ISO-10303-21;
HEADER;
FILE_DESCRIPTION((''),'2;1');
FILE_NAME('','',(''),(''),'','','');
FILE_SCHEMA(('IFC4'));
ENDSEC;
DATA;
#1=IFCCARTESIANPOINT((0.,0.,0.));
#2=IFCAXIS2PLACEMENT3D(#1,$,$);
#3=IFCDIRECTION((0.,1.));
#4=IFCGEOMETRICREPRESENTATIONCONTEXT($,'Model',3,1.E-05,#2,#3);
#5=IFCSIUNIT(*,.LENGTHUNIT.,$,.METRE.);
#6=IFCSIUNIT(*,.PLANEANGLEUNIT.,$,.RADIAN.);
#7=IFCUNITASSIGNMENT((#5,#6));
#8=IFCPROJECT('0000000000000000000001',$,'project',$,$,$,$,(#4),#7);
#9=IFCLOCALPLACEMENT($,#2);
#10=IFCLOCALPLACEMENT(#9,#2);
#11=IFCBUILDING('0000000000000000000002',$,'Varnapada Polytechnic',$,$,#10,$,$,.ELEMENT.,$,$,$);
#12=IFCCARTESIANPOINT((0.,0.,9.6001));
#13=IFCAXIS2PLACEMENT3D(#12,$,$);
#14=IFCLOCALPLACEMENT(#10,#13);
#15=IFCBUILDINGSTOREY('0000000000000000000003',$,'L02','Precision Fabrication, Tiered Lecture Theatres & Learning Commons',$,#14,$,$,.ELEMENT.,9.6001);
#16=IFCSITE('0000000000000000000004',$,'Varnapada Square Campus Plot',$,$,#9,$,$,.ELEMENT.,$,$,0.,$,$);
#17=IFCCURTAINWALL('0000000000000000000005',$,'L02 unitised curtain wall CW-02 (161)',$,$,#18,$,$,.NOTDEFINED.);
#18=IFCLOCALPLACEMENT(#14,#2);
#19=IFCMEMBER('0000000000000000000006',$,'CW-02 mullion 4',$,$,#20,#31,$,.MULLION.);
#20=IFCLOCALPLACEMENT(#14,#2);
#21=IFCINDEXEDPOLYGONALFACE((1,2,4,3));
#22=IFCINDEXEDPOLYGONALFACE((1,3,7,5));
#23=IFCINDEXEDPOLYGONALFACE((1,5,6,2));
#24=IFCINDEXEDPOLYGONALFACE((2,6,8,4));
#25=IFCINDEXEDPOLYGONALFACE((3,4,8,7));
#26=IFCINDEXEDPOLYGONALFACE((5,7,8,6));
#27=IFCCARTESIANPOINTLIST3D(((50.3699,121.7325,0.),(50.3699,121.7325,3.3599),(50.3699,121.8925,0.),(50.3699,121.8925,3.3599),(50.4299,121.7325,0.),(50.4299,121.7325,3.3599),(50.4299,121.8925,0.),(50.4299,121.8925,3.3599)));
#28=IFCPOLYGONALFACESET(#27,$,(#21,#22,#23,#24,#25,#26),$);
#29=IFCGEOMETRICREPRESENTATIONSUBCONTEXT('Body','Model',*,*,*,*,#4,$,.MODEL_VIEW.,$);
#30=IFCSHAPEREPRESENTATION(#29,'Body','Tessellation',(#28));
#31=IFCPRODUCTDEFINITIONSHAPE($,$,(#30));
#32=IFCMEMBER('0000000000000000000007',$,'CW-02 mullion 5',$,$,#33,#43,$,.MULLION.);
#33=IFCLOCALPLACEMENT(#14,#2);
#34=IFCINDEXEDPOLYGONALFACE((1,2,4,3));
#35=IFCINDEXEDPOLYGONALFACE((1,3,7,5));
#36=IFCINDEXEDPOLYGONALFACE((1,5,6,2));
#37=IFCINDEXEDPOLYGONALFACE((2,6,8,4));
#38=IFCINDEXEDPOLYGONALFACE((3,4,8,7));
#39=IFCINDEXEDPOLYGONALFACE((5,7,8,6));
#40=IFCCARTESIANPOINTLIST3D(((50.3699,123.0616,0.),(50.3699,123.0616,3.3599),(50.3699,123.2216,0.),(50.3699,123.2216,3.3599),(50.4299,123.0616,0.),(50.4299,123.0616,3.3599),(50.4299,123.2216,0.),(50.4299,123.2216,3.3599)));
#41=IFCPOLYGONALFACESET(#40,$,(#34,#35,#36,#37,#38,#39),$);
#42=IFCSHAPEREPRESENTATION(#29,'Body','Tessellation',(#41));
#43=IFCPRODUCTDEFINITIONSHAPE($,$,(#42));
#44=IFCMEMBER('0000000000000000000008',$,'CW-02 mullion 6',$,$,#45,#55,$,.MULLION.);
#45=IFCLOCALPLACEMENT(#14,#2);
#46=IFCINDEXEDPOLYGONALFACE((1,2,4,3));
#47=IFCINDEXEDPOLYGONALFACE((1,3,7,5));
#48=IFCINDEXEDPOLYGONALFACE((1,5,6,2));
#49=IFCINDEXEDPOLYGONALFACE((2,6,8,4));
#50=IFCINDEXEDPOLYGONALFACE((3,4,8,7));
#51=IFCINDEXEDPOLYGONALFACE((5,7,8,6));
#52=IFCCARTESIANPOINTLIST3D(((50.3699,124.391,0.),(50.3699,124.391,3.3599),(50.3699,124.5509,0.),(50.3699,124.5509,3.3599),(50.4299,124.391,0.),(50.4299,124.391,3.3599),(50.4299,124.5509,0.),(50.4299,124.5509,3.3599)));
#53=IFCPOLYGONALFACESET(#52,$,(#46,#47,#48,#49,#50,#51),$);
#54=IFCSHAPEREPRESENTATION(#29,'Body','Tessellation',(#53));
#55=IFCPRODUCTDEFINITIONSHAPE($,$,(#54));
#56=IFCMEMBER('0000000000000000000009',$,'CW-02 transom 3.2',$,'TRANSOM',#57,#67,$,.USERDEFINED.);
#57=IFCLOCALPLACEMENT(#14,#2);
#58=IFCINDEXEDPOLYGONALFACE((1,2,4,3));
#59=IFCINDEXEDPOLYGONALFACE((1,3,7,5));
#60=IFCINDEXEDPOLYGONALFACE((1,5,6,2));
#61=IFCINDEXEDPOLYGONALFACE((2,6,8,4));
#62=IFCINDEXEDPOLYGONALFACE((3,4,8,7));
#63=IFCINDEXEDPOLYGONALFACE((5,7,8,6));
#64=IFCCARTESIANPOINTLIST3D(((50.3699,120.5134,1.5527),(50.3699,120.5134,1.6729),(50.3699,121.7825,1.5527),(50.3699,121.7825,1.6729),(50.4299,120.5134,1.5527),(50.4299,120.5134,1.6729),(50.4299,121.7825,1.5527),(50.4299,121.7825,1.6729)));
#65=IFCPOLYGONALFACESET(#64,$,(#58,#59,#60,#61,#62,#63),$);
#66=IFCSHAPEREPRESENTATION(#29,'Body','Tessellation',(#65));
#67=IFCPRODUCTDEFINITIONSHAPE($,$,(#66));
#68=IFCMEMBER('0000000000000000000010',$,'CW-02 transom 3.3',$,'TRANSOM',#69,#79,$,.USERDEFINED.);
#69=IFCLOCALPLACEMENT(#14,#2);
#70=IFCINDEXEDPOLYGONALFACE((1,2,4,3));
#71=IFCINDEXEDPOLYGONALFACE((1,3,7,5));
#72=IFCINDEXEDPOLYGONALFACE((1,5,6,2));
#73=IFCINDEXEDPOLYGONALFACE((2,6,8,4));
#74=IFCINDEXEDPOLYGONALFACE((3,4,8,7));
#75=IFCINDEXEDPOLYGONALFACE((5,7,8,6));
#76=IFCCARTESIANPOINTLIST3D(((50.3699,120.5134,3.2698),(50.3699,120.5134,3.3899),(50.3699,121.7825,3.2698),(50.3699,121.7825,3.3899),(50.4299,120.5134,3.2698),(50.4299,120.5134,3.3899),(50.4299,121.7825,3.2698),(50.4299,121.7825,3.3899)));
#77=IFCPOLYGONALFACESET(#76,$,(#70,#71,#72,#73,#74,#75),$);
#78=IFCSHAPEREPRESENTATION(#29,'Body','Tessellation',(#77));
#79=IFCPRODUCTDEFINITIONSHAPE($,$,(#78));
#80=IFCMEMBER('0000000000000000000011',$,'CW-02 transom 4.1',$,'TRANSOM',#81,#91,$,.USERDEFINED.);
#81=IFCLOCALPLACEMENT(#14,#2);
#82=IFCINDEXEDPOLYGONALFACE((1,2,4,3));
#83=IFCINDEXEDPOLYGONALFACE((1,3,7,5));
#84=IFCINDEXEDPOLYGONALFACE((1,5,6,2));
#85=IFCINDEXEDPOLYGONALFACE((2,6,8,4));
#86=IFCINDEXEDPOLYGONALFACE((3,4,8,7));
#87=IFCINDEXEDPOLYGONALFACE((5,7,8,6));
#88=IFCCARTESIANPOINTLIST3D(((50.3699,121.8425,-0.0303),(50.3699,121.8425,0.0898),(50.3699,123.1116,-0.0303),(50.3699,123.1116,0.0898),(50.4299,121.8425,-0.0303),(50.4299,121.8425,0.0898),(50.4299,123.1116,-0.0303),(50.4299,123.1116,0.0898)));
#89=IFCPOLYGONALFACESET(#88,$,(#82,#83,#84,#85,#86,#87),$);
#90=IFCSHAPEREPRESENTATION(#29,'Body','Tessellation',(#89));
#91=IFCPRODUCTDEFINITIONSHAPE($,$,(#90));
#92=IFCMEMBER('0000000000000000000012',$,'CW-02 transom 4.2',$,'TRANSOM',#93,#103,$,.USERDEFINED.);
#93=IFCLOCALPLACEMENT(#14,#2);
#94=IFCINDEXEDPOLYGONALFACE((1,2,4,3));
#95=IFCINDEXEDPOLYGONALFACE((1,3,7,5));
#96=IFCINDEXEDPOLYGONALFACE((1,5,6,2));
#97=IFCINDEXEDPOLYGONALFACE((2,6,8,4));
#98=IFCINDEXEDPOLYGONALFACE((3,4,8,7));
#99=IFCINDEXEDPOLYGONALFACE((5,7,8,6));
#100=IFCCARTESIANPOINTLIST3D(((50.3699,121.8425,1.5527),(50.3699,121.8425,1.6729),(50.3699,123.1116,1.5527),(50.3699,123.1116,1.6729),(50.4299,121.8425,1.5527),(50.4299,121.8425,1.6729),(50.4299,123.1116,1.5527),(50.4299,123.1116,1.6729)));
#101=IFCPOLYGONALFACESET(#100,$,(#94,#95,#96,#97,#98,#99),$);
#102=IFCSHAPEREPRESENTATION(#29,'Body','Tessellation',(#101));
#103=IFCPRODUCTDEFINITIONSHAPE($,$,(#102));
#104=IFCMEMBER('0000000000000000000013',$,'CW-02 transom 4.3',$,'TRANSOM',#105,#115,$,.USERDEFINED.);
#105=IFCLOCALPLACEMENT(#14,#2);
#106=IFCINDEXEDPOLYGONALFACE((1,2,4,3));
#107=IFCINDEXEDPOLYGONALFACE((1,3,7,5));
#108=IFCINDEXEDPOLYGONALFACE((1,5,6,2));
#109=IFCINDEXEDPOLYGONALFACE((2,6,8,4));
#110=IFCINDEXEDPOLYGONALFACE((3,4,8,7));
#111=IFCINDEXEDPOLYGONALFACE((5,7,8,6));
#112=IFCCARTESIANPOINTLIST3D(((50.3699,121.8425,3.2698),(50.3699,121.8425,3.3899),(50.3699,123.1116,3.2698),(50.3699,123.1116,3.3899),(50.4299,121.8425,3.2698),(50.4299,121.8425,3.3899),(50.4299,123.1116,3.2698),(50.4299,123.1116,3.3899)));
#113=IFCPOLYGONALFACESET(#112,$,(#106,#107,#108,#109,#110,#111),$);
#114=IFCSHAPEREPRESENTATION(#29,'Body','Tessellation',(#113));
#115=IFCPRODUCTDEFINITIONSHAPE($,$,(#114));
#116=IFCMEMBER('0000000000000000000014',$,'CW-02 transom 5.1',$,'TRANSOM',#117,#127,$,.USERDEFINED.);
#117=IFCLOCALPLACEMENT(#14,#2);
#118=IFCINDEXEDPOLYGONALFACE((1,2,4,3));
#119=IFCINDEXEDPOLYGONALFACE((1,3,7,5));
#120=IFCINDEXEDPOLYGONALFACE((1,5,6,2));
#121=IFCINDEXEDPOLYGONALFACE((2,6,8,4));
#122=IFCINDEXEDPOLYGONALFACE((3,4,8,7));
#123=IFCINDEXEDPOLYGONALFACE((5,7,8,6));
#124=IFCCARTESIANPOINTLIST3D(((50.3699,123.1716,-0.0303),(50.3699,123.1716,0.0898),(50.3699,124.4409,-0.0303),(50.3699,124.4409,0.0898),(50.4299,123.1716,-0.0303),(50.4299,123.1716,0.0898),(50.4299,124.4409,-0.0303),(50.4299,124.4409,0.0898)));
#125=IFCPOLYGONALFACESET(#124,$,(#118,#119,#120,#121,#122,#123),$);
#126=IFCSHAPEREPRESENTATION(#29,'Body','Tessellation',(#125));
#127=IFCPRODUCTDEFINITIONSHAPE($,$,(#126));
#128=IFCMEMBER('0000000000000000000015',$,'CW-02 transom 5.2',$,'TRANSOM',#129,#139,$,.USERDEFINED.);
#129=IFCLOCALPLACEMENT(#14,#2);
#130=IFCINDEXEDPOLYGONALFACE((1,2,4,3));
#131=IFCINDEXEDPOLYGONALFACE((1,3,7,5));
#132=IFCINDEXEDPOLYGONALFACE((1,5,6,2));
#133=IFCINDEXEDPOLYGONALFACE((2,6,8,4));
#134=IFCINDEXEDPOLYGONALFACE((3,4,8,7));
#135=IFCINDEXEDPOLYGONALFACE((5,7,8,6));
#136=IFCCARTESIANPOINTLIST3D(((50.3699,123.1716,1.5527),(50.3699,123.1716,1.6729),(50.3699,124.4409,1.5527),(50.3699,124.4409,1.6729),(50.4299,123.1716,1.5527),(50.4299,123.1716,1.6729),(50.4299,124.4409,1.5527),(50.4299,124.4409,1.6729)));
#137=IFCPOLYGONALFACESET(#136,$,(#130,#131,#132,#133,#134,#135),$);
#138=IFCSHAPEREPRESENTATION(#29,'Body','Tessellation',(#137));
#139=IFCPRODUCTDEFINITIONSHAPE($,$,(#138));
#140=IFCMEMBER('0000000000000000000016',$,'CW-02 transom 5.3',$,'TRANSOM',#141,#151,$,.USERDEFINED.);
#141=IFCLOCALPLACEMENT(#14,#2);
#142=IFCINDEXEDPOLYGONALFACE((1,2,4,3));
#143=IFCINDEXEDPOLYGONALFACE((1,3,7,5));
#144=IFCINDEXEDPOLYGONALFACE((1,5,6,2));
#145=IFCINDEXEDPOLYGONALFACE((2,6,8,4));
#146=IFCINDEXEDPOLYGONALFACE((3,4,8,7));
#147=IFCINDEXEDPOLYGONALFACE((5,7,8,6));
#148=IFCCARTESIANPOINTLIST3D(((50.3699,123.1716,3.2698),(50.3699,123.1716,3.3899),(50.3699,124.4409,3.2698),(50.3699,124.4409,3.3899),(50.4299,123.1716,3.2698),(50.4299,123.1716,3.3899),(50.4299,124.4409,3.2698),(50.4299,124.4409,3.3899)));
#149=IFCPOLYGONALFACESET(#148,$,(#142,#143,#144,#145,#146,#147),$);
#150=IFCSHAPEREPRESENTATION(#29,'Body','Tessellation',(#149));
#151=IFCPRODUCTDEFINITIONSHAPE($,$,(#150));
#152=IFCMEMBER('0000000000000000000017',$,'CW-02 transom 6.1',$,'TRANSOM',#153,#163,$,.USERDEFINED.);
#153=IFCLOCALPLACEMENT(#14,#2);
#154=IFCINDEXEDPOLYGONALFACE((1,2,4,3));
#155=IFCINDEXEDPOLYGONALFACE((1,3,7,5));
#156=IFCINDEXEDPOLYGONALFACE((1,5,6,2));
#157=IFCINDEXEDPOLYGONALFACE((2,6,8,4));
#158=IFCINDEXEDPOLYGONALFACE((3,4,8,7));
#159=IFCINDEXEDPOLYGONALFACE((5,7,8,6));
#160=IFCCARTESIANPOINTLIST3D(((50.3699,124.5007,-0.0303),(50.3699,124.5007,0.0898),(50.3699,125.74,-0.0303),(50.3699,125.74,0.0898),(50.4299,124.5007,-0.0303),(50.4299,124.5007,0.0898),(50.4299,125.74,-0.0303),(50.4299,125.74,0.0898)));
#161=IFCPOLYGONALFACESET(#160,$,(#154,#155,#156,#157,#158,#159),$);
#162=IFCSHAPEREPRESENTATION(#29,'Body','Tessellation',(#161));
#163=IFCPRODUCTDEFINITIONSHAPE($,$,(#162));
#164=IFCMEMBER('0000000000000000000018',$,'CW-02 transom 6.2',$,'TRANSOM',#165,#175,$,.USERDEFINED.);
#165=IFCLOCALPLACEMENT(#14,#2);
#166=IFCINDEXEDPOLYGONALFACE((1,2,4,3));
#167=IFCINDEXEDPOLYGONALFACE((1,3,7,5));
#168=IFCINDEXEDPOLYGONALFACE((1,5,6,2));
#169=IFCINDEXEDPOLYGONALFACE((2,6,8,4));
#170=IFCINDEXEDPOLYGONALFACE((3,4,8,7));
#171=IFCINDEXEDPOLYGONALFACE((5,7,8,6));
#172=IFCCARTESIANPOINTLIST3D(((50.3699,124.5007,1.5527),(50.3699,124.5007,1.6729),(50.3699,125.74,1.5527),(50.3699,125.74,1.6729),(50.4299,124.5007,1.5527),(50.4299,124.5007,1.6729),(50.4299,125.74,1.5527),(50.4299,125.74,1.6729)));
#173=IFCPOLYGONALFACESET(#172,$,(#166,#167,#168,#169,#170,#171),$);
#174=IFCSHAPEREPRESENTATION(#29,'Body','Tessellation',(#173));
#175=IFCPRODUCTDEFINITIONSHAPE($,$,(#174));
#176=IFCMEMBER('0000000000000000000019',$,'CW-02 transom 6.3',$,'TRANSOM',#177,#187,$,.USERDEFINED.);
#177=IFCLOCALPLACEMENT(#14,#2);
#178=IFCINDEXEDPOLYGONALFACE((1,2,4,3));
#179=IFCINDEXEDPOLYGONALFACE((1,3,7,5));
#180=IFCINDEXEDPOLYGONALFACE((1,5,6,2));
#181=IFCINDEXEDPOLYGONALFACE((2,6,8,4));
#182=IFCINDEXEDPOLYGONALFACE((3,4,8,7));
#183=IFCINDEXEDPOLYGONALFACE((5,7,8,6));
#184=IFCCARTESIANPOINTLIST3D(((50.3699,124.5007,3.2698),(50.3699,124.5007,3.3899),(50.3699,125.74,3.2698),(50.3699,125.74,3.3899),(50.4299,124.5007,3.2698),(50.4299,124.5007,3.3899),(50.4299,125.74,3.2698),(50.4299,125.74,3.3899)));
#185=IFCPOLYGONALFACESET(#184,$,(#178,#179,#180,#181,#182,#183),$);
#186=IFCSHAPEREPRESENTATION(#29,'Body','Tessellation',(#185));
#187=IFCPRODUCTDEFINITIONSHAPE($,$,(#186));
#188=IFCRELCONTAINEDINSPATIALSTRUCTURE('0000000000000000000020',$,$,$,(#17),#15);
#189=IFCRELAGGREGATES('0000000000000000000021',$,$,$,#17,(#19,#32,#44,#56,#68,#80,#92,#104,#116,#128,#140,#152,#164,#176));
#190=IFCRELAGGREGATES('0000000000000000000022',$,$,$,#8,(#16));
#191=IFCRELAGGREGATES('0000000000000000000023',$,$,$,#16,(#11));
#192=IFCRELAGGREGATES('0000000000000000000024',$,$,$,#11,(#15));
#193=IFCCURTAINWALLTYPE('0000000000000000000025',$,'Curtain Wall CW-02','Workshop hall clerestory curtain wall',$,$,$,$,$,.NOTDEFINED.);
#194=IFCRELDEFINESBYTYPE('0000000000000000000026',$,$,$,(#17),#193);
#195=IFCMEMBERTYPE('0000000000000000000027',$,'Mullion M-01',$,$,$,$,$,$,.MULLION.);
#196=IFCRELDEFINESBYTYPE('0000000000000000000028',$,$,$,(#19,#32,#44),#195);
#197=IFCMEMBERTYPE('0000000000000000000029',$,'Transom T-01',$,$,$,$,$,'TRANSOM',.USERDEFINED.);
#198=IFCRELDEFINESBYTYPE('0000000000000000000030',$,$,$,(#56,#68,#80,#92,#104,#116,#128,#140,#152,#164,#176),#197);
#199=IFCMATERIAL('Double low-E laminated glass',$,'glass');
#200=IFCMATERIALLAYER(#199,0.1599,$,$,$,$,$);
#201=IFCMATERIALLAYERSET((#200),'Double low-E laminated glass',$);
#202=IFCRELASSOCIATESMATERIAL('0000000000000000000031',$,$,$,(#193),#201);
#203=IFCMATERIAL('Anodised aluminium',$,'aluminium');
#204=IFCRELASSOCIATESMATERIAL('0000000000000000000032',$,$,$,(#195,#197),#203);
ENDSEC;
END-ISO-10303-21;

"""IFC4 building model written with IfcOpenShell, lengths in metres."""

from ifc_helpers import new_model, si_unit, direction, frame, origin, origin_2d, place, context, subcontext, project, spatial, rectangle, extrude, material, layer, layer_set, material_profile, profile_set, type_object, element, aggregate, save


model = new_model("IFC4")

# Units and contexts
model_context = context("Model", 3, precision=1e-05, world=origin(), true_north=direction((0.0, 1.0)))
body_context = subcontext(model_context, "Body", "Model", "MODEL_VIEW")
ifc_project = project(units=[si_unit("LENGTHUNIT", "METRE"), si_unit("PLANEANGLEUNIT", "RADIAN")], contexts=[model_context])

# Site, building, storey
site_placement = place(None, origin())
site = spatial("IfcSite", under=ifc_project, at=site_placement, Name="Varnapada Square Campus Plot", CompositionType="ELEMENT", RefElevation=0.0)
building_placement = place(site_placement, origin())
building = spatial("IfcBuilding", under=site, at=building_placement, Name="Varnapada Polytechnic", CompositionType="ELEMENT")
storey_placement = place(building_placement, frame((0.0, 0.0, 9.6001)))
storey = spatial("IfcBuildingStorey", under=building, at=storey_placement, Name="L02", Description="Precision Fabrication, Tiered Lecture Theatres & Learning Commons", CompositionType="ELEMENT", Elevation=9.6001)

# Curtain wall, members
ifc_material_1 = material(Name="Double low-E laminated glass", Category="glass")
ifc_layer_1 = layer(ifc_material_1, 0.1599)
ifc_layer_set_1 = layer_set([ifc_layer_1], Name="Double low-E laminated glass")
curtain_wall_type = type_object("IfcCurtainWallType", Name="Curtain Wall CW-02", Description="Workshop hall clerestory curtain wall", PredefinedType="NOTDEFINED", material=ifc_layer_set_1)
curtain_wall_placement = place(storey_placement, origin())
curtain_wall = element("IfcCurtainWall", 1, at=curtain_wall_placement, inside=storey, type_object=curtain_wall_type, Name="L02 unitised curtain wall CW-02 (161)", PredefinedType="NOTDEFINED")
ifc_material_2 = material(Name="Anodised aluminium", Category="aluminium")
ifc_material_profile_1 = material_profile(ifc_material_2, rectangle(XDim=0.0601, YDim=0.1599, at=origin_2d()), Name="ALU M60x160")
ifc_profile_set_1 = profile_set([ifc_material_profile_1], Name="Anodised aluminium")
member_type_1 = type_object("IfcMemberType", Name="Mullion M-01", PredefinedType="MULLION", material=ifc_profile_set_1)
member_1_placement = place(storey_placement, frame((50.3999, 121.8125, 0.0), z_axis=(0.0, 0.0, 1.0), x_axis=(-1.0, 0.0, 0.0)))
member_1 = element("IfcMember", 2, at=member_1_placement, type_object=member_type_1, Name="CW-02 mullion 4", PredefinedType="MULLION", context=body_context, shape_type="SweptSolid", body=[
    extrude(rectangle(XDim=0.0601, YDim=0.1599, at=origin_2d()), origin(), (0.0, 0.0, 1.0), 3.3599),
])
member_2_placement = place(storey_placement, frame((50.3999, 123.1416, 0.0), z_axis=(0.0, 0.0, 1.0), x_axis=(-1.0, 0.0, 0.0)))
member_2 = element("IfcMember", 3, at=member_2_placement, type_object=member_type_1, Name="CW-02 mullion 5", PredefinedType="MULLION", context=body_context, shape_type="SweptSolid", body=[
    extrude(rectangle(XDim=0.0601, YDim=0.1599, at=origin_2d()), origin(), (0.0, 0.0, 1.0), 3.3599),
])
member_3_placement = place(storey_placement, frame((50.3999, 124.4709, 0.0), z_axis=(0.0, 0.0, 1.0), x_axis=(-1.0, 0.0, 0.0)))
member_3 = element("IfcMember", 4, at=member_3_placement, type_object=member_type_1, Name="CW-02 mullion 6", PredefinedType="MULLION", context=body_context, shape_type="SweptSolid", body=[
    extrude(rectangle(XDim=0.0601, YDim=0.1599, at=origin_2d()), origin(), (0.0, 0.0, 1.0), 3.3599),
])
ifc_material_profile_2 = material_profile(ifc_material_2, rectangle(XDim=0.0601, YDim=0.1201, at=origin_2d()), Name="ALU T60x120")
ifc_profile_set_2 = profile_set([ifc_material_profile_2], Name="Anodised aluminium")
member_type_2 = type_object("IfcMemberType", Name="Transom T-01", ElementType="TRANSOM", PredefinedType="USERDEFINED", material=ifc_profile_set_2)
member_4_placement = place(storey_placement, frame((50.3999, 120.5134, 1.6128), z_axis=(0.0, 1.0, 0.0), x_axis=(-1.0, 0.0, 0.0)))
member_4 = element("IfcMember", 5, at=member_4_placement, type_object=member_type_2, Name="CW-02 transom 3.2", ObjectType="TRANSOM", PredefinedType="USERDEFINED", context=body_context, shape_type="SweptSolid", body=[
    extrude(rectangle(XDim=0.0601, YDim=0.1201, at=origin_2d()), origin(), (0.0, 0.0, 1.0), 1.269),
])
member_5_placement = place(storey_placement, frame((50.3999, 120.5134, 3.3298), z_axis=(0.0, 1.0, 0.0), x_axis=(-1.0, 0.0, 0.0)))
member_5 = element("IfcMember", 6, at=member_5_placement, type_object=member_type_2, Name="CW-02 transom 3.3", ObjectType="TRANSOM", PredefinedType="USERDEFINED", context=body_context, shape_type="SweptSolid", body=[
    extrude(rectangle(XDim=0.0601, YDim=0.1201, at=origin_2d()), origin(), (0.0, 0.0, 1.0), 1.269),
])
member_6_placement = place(storey_placement, frame((50.3999, 121.8425, 0.0298), z_axis=(0.0, 1.0, 0.0), x_axis=(-1.0, 0.0, 0.0)))
member_6 = element("IfcMember", 7, at=member_6_placement, type_object=member_type_2, Name="CW-02 transom 4.1", ObjectType="TRANSOM", PredefinedType="USERDEFINED", context=body_context, shape_type="SweptSolid", body=[
    extrude(rectangle(XDim=0.0601, YDim=0.1201, at=origin_2d()), origin(), (0.0, 0.0, 1.0), 1.269),
])
member_7_placement = place(storey_placement, frame((50.3999, 121.8425, 1.6128), z_axis=(0.0, 1.0, 0.0), x_axis=(-1.0, 0.0, 0.0)))
member_7 = element("IfcMember", 8, at=member_7_placement, type_object=member_type_2, Name="CW-02 transom 4.2", ObjectType="TRANSOM", PredefinedType="USERDEFINED", context=body_context, shape_type="SweptSolid", body=[
    extrude(rectangle(XDim=0.0601, YDim=0.1201, at=origin_2d()), origin(), (0.0, 0.0, 1.0), 1.269),
])
member_8_placement = place(storey_placement, frame((50.3999, 121.8425, 3.3298), z_axis=(0.0, 1.0, 0.0), x_axis=(-1.0, 0.0, 0.0)))
member_8 = element("IfcMember", 9, at=member_8_placement, type_object=member_type_2, Name="CW-02 transom 4.3", ObjectType="TRANSOM", PredefinedType="USERDEFINED", context=body_context, shape_type="SweptSolid", body=[
    extrude(rectangle(XDim=0.0601, YDim=0.1201, at=origin_2d()), origin(), (0.0, 0.0, 1.0), 1.269),
])
member_9_placement = place(storey_placement, frame((50.3999, 123.1716, 0.0298), z_axis=(0.0, 1.0, 0.0), x_axis=(-1.0, 0.0, 0.0)))
member_9 = element("IfcMember", 10, at=member_9_placement, type_object=member_type_2, Name="CW-02 transom 5.1", ObjectType="TRANSOM", PredefinedType="USERDEFINED", context=body_context, shape_type="SweptSolid", body=[
    extrude(rectangle(XDim=0.0601, YDim=0.1201, at=origin_2d()), origin(), (0.0, 0.0, 1.0), 1.2693),
])
member_10_placement = place(storey_placement, frame((50.3999, 123.1716, 1.6128), z_axis=(0.0, 1.0, 0.0), x_axis=(-1.0, 0.0, 0.0)))
member_10 = element("IfcMember", 11, at=member_10_placement, type_object=member_type_2, Name="CW-02 transom 5.2", ObjectType="TRANSOM", PredefinedType="USERDEFINED", context=body_context, shape_type="SweptSolid", body=[
    extrude(rectangle(XDim=0.0601, YDim=0.1201, at=origin_2d()), origin(), (0.0, 0.0, 1.0), 1.2693),
])
member_11_placement = place(storey_placement, frame((50.3999, 123.1716, 3.3298), z_axis=(0.0, 1.0, 0.0), x_axis=(-1.0, 0.0, 0.0)))
member_11 = element("IfcMember", 12, at=member_11_placement, type_object=member_type_2, Name="CW-02 transom 5.3", ObjectType="TRANSOM", PredefinedType="USERDEFINED", context=body_context, shape_type="SweptSolid", body=[
    extrude(rectangle(XDim=0.0601, YDim=0.1201, at=origin_2d()), origin(), (0.0, 0.0, 1.0), 1.2693),
])
member_12_placement = place(storey_placement, frame((50.3999, 124.5007, 0.0298), z_axis=(0.0, 1.0, 0.0), x_axis=(-1.0, 0.0, 0.0)))
member_12 = element("IfcMember", 13, at=member_12_placement, type_object=member_type_2, Name="CW-02 transom 6.1", ObjectType="TRANSOM", PredefinedType="USERDEFINED", context=body_context, shape_type="SweptSolid", body=[
    extrude(rectangle(XDim=0.0601, YDim=0.1201, at=origin_2d()), origin(), (0.0, 0.0, 1.0), 1.2393),
])
member_13_placement = place(storey_placement, frame((50.3999, 124.5007, 1.6128), z_axis=(0.0, 1.0, 0.0), x_axis=(-1.0, 0.0, 0.0)))
member_13 = element("IfcMember", 14, at=member_13_placement, type_object=member_type_2, Name="CW-02 transom 6.2", ObjectType="TRANSOM", PredefinedType="USERDEFINED", context=body_context, shape_type="SweptSolid", body=[
    extrude(rectangle(XDim=0.0601, YDim=0.1201, at=origin_2d()), origin(), (0.0, 0.0, 1.0), 1.2393),
])
member_14_placement = place(storey_placement, frame((50.3999, 124.5007, 3.3298), z_axis=(0.0, 1.0, 0.0), x_axis=(-1.0, 0.0, 0.0)))
member_14 = element("IfcMember", 15, at=member_14_placement, type_object=member_type_2, Name="CW-02 transom 6.3", ObjectType="TRANSOM", PredefinedType="USERDEFINED", context=body_context, shape_type="SweptSolid", body=[
    extrude(rectangle(XDim=0.0601, YDim=0.1201, at=origin_2d()), origin(), (0.0, 0.0, 1.0), 1.2393),
])
aggregate(curtain_wall, [member_1, member_2, member_3, member_4, member_5, member_6, member_7, member_8, member_9, member_10, member_11, member_12, member_13, member_14])

save(model, "model.ifc")
